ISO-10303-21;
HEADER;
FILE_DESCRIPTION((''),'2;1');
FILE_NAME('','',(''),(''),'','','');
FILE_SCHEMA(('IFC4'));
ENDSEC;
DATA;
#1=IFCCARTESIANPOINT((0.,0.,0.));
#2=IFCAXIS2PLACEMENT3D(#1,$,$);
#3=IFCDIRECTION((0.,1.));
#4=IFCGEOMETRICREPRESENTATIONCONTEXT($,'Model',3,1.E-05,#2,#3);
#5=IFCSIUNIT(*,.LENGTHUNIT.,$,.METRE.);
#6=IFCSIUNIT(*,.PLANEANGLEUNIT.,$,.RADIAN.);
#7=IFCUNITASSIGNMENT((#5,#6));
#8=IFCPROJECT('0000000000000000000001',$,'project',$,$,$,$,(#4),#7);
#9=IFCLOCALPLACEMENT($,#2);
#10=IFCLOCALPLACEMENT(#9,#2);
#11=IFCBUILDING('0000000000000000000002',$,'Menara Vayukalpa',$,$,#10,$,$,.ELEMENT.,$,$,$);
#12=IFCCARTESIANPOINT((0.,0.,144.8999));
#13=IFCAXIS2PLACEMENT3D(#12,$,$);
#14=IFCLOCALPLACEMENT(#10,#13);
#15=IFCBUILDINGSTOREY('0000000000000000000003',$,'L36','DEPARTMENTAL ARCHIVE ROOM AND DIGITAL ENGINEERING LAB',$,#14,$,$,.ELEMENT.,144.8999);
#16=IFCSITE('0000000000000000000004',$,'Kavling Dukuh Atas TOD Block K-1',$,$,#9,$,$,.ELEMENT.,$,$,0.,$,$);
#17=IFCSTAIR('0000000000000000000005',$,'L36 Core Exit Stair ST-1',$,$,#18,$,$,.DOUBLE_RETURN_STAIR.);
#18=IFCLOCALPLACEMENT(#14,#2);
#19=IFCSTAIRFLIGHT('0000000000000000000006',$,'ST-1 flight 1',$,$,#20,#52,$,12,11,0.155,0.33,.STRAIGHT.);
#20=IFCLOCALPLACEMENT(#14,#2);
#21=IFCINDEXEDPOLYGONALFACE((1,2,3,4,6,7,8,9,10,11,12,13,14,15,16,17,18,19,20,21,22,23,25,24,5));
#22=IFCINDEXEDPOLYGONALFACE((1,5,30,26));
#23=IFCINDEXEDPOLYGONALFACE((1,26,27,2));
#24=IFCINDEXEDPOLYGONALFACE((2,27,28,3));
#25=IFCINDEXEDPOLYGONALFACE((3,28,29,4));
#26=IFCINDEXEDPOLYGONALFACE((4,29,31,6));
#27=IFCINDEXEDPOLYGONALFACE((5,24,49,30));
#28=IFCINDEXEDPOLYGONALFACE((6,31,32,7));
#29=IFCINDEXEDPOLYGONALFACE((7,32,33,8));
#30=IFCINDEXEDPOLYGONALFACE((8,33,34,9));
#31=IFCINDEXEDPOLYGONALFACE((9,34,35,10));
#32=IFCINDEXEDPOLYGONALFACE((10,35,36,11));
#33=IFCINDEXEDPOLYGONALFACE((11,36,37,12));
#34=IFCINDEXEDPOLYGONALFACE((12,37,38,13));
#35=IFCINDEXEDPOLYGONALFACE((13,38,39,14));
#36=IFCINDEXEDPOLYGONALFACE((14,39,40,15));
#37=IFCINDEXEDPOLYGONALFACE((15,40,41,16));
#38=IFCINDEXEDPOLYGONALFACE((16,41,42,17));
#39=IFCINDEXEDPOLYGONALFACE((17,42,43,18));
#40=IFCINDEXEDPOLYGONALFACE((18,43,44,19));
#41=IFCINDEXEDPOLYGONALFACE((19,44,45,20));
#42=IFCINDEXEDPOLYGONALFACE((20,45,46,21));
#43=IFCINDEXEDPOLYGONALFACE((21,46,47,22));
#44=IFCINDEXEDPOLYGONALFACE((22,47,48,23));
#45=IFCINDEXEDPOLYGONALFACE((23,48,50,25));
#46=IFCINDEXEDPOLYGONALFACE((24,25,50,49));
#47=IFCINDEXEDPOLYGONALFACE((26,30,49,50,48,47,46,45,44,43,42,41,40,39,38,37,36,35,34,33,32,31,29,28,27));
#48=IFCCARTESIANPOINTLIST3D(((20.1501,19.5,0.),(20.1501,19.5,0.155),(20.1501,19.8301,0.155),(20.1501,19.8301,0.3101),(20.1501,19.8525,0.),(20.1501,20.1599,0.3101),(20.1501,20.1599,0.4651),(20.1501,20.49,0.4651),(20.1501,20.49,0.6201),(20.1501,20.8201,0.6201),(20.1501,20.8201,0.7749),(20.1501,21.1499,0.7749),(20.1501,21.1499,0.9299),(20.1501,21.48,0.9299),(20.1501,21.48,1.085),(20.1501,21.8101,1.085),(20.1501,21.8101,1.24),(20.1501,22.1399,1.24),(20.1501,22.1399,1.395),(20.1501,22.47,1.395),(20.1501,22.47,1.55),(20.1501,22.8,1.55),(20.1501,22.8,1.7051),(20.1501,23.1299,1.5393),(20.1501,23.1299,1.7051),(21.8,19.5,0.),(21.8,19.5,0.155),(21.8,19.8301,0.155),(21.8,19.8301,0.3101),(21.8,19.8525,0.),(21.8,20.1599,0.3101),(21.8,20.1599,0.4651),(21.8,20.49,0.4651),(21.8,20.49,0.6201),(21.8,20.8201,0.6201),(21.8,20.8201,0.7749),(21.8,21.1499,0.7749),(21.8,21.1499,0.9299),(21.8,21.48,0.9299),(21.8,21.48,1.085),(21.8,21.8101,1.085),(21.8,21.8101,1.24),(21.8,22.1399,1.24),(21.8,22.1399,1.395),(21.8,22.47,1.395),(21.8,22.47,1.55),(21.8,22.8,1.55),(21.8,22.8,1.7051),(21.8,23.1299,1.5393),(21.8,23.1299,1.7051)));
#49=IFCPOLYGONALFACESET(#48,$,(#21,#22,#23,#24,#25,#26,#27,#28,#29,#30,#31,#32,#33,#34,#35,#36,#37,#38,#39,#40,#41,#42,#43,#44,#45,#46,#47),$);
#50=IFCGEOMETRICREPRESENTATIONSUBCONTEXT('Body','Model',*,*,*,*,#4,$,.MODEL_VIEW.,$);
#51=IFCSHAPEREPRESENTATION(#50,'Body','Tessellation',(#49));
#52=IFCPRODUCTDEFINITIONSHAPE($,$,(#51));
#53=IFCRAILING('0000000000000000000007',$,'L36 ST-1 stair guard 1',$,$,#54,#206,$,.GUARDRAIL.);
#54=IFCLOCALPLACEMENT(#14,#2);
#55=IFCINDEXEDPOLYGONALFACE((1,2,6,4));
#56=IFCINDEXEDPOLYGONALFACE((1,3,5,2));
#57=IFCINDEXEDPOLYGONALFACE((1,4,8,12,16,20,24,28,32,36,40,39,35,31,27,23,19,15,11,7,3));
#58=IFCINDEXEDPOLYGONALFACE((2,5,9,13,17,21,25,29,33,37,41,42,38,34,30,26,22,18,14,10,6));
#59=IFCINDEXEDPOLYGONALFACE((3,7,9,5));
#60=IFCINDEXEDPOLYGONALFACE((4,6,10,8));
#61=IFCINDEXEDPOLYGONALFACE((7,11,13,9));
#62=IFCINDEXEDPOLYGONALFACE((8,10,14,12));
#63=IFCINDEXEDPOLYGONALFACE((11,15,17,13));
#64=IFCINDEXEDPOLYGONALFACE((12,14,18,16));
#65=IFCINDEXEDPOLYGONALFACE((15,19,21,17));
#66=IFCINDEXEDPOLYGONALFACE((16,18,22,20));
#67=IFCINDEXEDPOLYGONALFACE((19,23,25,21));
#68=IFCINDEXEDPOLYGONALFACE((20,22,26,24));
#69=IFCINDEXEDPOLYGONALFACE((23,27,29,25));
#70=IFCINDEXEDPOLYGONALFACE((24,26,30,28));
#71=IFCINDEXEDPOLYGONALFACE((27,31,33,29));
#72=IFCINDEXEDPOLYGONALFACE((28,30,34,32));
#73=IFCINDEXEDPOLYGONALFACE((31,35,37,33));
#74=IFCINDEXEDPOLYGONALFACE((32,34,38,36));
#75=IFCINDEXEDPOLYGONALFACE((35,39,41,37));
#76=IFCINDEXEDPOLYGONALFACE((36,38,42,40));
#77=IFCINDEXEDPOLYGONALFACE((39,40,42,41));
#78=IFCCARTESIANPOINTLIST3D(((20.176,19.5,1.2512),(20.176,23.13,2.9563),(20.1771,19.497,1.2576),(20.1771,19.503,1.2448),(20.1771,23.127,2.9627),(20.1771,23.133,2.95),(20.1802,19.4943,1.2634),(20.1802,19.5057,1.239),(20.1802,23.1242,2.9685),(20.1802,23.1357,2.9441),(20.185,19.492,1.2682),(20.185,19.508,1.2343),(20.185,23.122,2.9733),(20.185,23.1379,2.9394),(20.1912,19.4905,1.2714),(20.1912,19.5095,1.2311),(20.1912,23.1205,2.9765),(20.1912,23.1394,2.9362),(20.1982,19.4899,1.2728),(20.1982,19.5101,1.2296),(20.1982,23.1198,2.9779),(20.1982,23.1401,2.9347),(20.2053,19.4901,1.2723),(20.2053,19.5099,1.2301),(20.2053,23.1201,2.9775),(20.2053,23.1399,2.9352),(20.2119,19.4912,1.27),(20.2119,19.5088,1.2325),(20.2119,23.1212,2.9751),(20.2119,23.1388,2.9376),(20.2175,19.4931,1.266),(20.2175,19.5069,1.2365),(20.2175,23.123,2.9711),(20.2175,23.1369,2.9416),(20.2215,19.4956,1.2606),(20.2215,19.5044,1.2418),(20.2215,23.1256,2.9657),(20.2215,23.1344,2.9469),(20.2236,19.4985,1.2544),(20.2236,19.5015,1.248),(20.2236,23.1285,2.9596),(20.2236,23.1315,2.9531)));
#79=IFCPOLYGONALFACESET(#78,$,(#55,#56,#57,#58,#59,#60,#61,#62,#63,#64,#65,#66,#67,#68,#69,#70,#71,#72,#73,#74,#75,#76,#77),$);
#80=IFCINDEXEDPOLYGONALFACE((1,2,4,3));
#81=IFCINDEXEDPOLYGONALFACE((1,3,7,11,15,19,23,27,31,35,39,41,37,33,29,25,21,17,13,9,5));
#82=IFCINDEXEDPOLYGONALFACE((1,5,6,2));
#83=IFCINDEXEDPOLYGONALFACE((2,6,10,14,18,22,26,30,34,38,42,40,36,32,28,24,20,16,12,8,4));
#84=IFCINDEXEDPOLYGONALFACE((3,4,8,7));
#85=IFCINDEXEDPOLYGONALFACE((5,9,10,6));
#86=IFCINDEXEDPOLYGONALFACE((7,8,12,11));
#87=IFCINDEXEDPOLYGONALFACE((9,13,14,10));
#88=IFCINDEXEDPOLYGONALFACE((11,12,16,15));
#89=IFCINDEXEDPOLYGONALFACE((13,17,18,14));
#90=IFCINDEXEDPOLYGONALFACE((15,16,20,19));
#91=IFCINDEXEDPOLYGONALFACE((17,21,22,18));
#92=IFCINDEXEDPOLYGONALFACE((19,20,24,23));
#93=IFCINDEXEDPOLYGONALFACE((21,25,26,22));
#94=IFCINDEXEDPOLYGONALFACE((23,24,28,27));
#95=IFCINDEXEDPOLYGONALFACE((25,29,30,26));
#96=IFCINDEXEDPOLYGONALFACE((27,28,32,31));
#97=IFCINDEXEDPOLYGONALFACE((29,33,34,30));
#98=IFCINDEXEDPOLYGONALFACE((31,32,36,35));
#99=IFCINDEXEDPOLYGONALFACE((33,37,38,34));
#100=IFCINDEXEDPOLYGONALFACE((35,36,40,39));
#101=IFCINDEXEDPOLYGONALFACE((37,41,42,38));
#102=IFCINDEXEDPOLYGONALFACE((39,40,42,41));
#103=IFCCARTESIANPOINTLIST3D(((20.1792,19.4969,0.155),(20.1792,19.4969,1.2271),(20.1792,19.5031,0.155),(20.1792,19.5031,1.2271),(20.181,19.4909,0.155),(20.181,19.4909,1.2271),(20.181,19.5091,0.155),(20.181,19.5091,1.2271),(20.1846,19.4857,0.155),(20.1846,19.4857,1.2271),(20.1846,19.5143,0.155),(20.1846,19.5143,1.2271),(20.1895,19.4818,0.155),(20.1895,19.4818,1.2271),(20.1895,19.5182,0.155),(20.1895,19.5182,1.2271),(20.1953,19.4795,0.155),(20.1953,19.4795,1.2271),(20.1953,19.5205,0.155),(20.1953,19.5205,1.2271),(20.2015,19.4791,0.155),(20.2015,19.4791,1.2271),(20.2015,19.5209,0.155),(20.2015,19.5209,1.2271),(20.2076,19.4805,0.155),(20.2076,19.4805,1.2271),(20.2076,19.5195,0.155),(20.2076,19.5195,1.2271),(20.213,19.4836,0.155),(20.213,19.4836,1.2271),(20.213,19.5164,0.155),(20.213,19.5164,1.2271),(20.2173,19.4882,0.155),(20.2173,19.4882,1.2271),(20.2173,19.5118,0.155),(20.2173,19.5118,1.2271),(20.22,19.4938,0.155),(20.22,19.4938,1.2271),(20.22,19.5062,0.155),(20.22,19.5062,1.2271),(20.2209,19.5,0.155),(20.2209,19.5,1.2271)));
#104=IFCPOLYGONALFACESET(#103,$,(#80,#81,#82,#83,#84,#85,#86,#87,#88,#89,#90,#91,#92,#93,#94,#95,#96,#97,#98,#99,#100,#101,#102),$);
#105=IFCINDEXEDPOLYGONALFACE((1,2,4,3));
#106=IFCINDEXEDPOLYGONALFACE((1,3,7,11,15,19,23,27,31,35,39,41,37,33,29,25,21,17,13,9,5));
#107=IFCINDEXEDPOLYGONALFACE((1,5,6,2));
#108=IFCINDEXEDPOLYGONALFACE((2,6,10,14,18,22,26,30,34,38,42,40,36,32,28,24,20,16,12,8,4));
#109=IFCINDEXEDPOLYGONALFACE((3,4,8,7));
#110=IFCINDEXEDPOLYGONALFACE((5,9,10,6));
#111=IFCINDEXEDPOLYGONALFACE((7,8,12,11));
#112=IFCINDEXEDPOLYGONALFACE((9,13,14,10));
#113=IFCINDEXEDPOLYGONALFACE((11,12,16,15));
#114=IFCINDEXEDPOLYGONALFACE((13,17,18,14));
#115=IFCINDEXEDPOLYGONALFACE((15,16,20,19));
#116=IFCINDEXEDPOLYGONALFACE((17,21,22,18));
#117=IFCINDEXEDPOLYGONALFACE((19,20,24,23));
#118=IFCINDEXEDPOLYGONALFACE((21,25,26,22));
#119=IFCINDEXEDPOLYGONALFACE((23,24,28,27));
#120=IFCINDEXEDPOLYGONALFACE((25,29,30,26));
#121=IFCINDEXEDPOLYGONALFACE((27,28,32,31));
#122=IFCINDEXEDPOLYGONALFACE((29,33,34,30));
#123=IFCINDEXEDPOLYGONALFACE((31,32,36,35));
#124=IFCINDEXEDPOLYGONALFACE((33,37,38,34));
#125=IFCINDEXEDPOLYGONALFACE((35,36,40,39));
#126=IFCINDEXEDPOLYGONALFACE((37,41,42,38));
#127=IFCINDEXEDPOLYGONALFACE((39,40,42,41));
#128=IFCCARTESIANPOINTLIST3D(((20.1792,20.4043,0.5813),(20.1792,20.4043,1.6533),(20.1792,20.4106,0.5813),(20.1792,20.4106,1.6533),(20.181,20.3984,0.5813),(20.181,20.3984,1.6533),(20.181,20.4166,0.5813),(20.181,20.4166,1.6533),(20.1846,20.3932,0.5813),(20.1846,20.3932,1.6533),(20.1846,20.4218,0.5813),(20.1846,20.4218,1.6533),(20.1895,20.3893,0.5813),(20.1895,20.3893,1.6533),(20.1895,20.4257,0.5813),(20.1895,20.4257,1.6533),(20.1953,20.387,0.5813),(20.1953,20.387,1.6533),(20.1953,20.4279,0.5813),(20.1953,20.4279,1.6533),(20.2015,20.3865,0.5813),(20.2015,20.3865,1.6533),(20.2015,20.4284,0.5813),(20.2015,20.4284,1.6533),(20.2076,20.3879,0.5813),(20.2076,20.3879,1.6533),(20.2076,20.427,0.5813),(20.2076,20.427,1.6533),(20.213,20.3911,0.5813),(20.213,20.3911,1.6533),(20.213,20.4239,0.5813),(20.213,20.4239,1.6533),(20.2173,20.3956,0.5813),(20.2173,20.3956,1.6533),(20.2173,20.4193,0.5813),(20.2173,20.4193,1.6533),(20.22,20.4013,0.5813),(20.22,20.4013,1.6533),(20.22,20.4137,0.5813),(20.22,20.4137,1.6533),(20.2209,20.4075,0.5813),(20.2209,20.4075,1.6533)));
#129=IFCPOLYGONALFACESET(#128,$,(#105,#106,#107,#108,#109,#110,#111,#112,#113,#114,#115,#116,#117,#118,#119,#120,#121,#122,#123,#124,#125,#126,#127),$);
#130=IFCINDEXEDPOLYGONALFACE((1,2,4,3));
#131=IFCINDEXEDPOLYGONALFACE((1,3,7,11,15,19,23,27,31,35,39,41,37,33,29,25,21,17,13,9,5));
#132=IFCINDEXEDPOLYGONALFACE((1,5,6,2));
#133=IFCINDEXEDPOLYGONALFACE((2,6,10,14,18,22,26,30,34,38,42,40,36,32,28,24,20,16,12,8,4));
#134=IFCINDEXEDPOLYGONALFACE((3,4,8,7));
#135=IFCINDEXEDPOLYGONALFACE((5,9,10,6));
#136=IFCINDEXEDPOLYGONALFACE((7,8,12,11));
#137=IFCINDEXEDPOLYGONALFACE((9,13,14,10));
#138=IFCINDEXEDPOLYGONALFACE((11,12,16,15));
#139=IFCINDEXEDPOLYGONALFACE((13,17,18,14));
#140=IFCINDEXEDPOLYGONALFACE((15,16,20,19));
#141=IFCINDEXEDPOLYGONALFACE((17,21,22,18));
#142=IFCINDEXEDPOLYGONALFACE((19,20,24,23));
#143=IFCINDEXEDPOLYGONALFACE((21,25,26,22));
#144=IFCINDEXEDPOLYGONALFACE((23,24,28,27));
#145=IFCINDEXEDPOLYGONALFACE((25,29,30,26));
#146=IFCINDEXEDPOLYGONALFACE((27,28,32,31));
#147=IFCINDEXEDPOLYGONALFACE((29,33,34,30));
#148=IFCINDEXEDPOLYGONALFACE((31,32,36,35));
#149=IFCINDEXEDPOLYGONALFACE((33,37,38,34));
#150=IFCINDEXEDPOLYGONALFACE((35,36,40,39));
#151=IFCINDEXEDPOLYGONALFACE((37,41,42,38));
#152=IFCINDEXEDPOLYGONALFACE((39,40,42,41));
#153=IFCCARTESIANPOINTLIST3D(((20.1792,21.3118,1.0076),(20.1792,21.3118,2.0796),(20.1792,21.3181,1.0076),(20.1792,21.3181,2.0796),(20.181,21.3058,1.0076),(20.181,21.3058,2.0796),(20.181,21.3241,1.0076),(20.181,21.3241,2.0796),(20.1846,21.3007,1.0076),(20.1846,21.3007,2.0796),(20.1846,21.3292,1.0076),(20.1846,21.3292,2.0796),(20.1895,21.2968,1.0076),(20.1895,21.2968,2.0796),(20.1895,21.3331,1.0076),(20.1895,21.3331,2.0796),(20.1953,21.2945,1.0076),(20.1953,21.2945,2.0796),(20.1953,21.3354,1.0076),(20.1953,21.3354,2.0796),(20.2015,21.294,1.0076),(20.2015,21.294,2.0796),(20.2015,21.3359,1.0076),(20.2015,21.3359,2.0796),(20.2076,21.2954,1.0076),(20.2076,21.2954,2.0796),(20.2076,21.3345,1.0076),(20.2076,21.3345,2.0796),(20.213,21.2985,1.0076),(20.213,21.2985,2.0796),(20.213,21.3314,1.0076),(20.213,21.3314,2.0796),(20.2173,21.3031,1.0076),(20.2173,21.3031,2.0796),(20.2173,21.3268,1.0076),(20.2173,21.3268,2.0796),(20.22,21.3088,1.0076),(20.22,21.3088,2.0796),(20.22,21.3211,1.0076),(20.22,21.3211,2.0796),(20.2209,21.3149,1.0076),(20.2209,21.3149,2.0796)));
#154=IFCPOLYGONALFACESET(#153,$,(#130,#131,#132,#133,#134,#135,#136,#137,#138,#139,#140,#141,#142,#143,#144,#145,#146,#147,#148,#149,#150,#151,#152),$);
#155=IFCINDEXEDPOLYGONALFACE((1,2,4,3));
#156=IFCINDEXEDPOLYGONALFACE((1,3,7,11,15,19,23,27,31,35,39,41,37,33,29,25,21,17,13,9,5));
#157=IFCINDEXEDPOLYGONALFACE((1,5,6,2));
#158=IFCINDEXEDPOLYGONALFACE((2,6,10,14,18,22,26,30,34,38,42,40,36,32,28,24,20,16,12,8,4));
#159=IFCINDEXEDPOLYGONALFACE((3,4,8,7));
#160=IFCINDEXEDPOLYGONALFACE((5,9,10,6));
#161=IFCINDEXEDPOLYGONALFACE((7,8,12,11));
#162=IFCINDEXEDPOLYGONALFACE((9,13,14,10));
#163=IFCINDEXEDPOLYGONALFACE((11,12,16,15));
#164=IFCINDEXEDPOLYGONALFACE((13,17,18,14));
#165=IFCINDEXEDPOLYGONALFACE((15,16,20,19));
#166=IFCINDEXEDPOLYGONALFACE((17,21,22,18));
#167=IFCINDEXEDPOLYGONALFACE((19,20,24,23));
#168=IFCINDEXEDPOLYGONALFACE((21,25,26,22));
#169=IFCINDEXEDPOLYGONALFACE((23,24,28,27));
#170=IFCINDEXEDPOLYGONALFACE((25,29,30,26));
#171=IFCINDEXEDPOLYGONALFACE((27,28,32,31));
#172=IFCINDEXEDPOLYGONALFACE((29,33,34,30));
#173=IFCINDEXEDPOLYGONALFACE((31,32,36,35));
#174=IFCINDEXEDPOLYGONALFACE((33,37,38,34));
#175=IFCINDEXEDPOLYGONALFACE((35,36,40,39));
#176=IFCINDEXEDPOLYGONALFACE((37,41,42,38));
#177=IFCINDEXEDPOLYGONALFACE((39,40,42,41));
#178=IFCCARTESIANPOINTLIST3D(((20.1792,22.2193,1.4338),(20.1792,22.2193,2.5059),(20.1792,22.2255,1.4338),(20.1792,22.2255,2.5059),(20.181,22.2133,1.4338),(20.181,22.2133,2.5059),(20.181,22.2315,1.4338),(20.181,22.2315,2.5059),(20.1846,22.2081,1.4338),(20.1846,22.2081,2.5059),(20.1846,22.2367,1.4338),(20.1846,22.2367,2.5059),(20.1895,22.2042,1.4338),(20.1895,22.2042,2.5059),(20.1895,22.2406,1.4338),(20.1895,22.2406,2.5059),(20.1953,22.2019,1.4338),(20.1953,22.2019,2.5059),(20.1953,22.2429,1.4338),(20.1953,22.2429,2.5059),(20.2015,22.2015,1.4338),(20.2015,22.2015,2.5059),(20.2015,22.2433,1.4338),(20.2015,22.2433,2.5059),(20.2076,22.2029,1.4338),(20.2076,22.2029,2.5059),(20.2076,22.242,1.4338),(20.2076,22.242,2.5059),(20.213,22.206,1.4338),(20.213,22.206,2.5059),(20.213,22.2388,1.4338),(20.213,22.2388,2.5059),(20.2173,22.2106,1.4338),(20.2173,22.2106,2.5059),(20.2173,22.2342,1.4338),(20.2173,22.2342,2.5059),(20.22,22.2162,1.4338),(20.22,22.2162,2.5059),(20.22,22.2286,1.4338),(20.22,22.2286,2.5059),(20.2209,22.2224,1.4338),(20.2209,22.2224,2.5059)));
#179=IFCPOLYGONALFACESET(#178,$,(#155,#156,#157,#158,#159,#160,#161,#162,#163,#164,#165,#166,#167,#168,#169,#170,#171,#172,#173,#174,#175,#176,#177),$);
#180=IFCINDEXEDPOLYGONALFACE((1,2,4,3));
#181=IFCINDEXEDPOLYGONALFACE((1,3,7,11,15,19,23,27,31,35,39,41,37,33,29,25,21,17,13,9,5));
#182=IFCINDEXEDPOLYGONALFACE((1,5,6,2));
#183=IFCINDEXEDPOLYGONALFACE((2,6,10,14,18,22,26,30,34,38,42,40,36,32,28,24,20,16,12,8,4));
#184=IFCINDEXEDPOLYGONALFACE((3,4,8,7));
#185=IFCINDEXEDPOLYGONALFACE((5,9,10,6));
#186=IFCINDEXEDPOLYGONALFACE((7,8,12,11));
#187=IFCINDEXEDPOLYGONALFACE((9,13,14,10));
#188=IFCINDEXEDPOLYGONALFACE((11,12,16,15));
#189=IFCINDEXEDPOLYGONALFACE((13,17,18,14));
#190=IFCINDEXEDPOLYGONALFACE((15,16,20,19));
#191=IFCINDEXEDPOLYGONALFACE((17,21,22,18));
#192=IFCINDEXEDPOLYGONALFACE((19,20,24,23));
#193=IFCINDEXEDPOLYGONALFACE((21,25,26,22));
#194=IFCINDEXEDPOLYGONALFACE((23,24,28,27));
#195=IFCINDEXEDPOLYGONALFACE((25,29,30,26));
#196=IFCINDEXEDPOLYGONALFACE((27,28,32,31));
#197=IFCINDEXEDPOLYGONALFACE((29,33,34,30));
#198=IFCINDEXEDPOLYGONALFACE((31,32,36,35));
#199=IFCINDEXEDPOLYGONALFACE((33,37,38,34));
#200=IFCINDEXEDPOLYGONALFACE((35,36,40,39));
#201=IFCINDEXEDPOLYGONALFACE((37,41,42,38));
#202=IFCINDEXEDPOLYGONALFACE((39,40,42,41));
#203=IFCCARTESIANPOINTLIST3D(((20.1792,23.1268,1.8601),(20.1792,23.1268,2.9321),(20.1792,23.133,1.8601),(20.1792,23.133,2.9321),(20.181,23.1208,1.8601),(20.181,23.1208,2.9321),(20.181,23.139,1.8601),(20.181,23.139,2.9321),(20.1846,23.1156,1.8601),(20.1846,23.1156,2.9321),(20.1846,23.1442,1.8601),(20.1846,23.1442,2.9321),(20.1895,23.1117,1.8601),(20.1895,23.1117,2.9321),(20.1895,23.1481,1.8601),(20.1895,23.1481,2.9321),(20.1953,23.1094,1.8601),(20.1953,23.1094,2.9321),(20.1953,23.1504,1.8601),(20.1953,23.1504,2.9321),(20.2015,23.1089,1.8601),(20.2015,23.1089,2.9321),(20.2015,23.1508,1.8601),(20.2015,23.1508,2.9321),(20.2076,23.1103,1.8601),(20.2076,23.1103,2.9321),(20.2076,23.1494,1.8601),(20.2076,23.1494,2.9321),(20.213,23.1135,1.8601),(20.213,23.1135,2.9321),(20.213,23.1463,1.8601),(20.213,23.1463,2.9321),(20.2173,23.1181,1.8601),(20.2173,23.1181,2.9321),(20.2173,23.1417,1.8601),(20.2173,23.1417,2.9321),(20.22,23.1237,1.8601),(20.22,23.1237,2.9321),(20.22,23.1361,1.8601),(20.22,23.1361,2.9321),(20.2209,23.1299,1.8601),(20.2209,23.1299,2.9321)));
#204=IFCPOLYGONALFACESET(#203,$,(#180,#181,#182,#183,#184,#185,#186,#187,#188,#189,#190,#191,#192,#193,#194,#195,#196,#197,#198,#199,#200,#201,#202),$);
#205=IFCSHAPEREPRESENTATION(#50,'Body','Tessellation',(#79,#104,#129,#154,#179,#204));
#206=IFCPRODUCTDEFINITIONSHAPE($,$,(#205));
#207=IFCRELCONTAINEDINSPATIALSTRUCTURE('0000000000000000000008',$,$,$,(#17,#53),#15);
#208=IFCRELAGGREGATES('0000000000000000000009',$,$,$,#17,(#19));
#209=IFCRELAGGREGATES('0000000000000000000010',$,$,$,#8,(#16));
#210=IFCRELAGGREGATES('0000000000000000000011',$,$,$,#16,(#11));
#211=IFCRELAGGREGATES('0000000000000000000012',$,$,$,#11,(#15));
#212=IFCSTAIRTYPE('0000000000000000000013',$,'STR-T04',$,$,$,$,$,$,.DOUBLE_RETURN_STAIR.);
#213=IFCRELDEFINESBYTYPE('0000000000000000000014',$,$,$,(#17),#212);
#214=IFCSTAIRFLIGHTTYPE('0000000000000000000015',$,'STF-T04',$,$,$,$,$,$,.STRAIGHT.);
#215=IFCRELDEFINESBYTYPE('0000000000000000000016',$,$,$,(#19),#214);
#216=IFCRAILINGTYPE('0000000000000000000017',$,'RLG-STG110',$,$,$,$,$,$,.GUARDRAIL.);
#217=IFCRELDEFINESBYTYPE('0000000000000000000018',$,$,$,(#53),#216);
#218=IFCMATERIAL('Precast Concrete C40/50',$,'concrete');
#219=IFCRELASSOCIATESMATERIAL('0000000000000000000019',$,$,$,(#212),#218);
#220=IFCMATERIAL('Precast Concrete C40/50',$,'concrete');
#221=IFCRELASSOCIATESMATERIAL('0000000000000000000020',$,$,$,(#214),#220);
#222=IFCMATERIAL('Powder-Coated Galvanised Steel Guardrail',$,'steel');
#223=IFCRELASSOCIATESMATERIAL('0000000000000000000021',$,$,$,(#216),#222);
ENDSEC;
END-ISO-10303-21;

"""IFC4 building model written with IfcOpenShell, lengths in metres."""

from ifc_helpers import new_model, si_unit, direction, frame, origin, origin_2d, place, context, subcontext, project, spatial, polyline, circle, outline, extrude, material, type_object, element, aggregate, save


model = new_model("IFC4")

# Units and contexts
model_context = context("Model", 3, precision=1e-05, world=origin(), true_north=direction((0.0, 1.0)))
body_context = subcontext(model_context, "Body", "Model", "MODEL_VIEW")
ifc_project = project(units=[si_unit("LENGTHUNIT", "METRE"), si_unit("PLANEANGLEUNIT", "RADIAN")], contexts=[model_context])

# Site, building, storey
site_placement = place(None, origin())
site = spatial("IfcSite", under=ifc_project, at=site_placement, Name="Kavling Dukuh Atas TOD Block K-1", CompositionType="ELEMENT", RefElevation=0.0)
building_placement = place(site_placement, origin())
building = spatial("IfcBuilding", under=site, at=building_placement, Name="Menara Vayukalpa", CompositionType="ELEMENT")
storey_placement = place(building_placement, frame((0.0, 0.0, 144.8999)))
storey = spatial("IfcBuildingStorey", under=building, at=storey_placement, Name="L36", Description="DEPARTMENTAL ARCHIVE ROOM AND DIGITAL ENGINEERING LAB", CompositionType="ELEMENT", Elevation=144.8999)

# Stair, stair flight
ifc_material_1 = material(Name="Precast Concrete C40/50", Category="concrete")
stair_type = type_object("IfcStairType", Name="STR-T04", PredefinedType="DOUBLE_RETURN_STAIR", material=ifc_material_1)
stair_placement = place(storey_placement, origin())
stair = element("IfcStair", 1, at=stair_placement, inside=storey, type_object=stair_type, Name="L36 Core Exit Stair ST-1", PredefinedType="DOUBLE_RETURN_STAIR")
ifc_material_2 = material(Name="Precast Concrete C40/50", Category="concrete")
stair_flight_type = type_object("IfcStairFlightType", Name="STF-T04", PredefinedType="STRAIGHT", material=ifc_material_2)
stair_flight_placement = place(storey_placement, frame((20.9751, 19.5, 0.0), z_axis=(0.0, 0.0, 1.0), x_axis=(0.0, 1.0, 0.0)))
stair_flight = element("IfcStairFlight", 2, at=stair_flight_placement, type_object=stair_flight_type, Name="ST-1 flight 1", NumberOfRisers=12, NumberOfTreads=11, PredefinedType="STRAIGHT", RiserHeight=0.155, TreadLength=0.33, context=body_context, shape_type="SweptSolid", body=[
    extrude(outline(polyline([(0.0, 0.0), (0.0, 0.155), (0.3301, 0.155), (0.3301, 0.3101), (0.6599, 0.3101), (0.6599, 0.4651), (0.99, 0.4651), (0.99, 0.6201), (1.3201, 0.6201), (1.3201, 0.7749), (1.6499, 0.7749), (1.6499, 0.9299), (1.98, 0.9299), (1.98, 1.085), (2.3101, 1.085), (2.3101, 1.24), (2.6399, 1.24), (2.6399, 1.395), (2.97, 1.395), (2.97, 1.55), (3.3, 1.55), (3.3, 1.7051), (3.6299, 1.7051), (3.6299, 1.8601), (3.6299, 1.5393), (0.3525, 0.0), (0.0, 0.0)])), frame((0.0, 0.825, 0.0), z_axis=(0.0, -1.0, 0.0), x_axis=(1.0, 0.0, 0.0)), (0.0, 0.0, 1.0), 1.6499),
])
aggregate(stair, [stair_flight])

# Railing
ifc_material_3 = material(Name="Powder-Coated Galvanised Steel Guardrail", Category="steel")
railing_type_1 = type_object("IfcRailingType", Name="RLG-STG110", PredefinedType="GUARDRAIL", material=ifc_material_3)
railing_1_placement = place(storey_placement, frame((20.2, 19.5, 0.155)))
element("IfcRailing", 3, at=railing_1_placement, inside=storey, type_object=railing_type_1, Name="L36 ST-1 stair guard 1", PredefinedType="GUARDRAIL", context=body_context, shape_type="SweptSolid", body=[
    extrude(circle(Radius=0.0239, at=origin_2d()), frame((0.0, 0.0, 1.0962), z_axis=(0.0, 0.905116, 0.425164), x_axis=(-1.0, 0.0, 0.0)), (0.0, 0.0, 1.0), 4.0105),
    extrude(circle(Radius=0.021, at=origin_2d()), origin(), (0.0, 0.0, 1.0), 1.072),
    extrude(circle(Radius=0.021, at=origin_2d()), frame((0.0, 0.9075, 0.4263)), (0.0, 0.0, 1.0), 1.072),
    extrude(circle(Radius=0.021, at=origin_2d()), frame((0.0, 1.8149, 0.8525)), (0.0, 0.0, 1.0), 1.072),
    extrude(circle(Radius=0.021, at=origin_2d()), frame((0.0, 2.7224, 1.2788)), (0.0, 0.0, 1.0), 1.072),
    extrude(circle(Radius=0.021, at=origin_2d()), frame((0.0, 3.6299, 1.7051)), (0.0, 0.0, 1.0), 1.072),
])

save(model, "model.ifc")
